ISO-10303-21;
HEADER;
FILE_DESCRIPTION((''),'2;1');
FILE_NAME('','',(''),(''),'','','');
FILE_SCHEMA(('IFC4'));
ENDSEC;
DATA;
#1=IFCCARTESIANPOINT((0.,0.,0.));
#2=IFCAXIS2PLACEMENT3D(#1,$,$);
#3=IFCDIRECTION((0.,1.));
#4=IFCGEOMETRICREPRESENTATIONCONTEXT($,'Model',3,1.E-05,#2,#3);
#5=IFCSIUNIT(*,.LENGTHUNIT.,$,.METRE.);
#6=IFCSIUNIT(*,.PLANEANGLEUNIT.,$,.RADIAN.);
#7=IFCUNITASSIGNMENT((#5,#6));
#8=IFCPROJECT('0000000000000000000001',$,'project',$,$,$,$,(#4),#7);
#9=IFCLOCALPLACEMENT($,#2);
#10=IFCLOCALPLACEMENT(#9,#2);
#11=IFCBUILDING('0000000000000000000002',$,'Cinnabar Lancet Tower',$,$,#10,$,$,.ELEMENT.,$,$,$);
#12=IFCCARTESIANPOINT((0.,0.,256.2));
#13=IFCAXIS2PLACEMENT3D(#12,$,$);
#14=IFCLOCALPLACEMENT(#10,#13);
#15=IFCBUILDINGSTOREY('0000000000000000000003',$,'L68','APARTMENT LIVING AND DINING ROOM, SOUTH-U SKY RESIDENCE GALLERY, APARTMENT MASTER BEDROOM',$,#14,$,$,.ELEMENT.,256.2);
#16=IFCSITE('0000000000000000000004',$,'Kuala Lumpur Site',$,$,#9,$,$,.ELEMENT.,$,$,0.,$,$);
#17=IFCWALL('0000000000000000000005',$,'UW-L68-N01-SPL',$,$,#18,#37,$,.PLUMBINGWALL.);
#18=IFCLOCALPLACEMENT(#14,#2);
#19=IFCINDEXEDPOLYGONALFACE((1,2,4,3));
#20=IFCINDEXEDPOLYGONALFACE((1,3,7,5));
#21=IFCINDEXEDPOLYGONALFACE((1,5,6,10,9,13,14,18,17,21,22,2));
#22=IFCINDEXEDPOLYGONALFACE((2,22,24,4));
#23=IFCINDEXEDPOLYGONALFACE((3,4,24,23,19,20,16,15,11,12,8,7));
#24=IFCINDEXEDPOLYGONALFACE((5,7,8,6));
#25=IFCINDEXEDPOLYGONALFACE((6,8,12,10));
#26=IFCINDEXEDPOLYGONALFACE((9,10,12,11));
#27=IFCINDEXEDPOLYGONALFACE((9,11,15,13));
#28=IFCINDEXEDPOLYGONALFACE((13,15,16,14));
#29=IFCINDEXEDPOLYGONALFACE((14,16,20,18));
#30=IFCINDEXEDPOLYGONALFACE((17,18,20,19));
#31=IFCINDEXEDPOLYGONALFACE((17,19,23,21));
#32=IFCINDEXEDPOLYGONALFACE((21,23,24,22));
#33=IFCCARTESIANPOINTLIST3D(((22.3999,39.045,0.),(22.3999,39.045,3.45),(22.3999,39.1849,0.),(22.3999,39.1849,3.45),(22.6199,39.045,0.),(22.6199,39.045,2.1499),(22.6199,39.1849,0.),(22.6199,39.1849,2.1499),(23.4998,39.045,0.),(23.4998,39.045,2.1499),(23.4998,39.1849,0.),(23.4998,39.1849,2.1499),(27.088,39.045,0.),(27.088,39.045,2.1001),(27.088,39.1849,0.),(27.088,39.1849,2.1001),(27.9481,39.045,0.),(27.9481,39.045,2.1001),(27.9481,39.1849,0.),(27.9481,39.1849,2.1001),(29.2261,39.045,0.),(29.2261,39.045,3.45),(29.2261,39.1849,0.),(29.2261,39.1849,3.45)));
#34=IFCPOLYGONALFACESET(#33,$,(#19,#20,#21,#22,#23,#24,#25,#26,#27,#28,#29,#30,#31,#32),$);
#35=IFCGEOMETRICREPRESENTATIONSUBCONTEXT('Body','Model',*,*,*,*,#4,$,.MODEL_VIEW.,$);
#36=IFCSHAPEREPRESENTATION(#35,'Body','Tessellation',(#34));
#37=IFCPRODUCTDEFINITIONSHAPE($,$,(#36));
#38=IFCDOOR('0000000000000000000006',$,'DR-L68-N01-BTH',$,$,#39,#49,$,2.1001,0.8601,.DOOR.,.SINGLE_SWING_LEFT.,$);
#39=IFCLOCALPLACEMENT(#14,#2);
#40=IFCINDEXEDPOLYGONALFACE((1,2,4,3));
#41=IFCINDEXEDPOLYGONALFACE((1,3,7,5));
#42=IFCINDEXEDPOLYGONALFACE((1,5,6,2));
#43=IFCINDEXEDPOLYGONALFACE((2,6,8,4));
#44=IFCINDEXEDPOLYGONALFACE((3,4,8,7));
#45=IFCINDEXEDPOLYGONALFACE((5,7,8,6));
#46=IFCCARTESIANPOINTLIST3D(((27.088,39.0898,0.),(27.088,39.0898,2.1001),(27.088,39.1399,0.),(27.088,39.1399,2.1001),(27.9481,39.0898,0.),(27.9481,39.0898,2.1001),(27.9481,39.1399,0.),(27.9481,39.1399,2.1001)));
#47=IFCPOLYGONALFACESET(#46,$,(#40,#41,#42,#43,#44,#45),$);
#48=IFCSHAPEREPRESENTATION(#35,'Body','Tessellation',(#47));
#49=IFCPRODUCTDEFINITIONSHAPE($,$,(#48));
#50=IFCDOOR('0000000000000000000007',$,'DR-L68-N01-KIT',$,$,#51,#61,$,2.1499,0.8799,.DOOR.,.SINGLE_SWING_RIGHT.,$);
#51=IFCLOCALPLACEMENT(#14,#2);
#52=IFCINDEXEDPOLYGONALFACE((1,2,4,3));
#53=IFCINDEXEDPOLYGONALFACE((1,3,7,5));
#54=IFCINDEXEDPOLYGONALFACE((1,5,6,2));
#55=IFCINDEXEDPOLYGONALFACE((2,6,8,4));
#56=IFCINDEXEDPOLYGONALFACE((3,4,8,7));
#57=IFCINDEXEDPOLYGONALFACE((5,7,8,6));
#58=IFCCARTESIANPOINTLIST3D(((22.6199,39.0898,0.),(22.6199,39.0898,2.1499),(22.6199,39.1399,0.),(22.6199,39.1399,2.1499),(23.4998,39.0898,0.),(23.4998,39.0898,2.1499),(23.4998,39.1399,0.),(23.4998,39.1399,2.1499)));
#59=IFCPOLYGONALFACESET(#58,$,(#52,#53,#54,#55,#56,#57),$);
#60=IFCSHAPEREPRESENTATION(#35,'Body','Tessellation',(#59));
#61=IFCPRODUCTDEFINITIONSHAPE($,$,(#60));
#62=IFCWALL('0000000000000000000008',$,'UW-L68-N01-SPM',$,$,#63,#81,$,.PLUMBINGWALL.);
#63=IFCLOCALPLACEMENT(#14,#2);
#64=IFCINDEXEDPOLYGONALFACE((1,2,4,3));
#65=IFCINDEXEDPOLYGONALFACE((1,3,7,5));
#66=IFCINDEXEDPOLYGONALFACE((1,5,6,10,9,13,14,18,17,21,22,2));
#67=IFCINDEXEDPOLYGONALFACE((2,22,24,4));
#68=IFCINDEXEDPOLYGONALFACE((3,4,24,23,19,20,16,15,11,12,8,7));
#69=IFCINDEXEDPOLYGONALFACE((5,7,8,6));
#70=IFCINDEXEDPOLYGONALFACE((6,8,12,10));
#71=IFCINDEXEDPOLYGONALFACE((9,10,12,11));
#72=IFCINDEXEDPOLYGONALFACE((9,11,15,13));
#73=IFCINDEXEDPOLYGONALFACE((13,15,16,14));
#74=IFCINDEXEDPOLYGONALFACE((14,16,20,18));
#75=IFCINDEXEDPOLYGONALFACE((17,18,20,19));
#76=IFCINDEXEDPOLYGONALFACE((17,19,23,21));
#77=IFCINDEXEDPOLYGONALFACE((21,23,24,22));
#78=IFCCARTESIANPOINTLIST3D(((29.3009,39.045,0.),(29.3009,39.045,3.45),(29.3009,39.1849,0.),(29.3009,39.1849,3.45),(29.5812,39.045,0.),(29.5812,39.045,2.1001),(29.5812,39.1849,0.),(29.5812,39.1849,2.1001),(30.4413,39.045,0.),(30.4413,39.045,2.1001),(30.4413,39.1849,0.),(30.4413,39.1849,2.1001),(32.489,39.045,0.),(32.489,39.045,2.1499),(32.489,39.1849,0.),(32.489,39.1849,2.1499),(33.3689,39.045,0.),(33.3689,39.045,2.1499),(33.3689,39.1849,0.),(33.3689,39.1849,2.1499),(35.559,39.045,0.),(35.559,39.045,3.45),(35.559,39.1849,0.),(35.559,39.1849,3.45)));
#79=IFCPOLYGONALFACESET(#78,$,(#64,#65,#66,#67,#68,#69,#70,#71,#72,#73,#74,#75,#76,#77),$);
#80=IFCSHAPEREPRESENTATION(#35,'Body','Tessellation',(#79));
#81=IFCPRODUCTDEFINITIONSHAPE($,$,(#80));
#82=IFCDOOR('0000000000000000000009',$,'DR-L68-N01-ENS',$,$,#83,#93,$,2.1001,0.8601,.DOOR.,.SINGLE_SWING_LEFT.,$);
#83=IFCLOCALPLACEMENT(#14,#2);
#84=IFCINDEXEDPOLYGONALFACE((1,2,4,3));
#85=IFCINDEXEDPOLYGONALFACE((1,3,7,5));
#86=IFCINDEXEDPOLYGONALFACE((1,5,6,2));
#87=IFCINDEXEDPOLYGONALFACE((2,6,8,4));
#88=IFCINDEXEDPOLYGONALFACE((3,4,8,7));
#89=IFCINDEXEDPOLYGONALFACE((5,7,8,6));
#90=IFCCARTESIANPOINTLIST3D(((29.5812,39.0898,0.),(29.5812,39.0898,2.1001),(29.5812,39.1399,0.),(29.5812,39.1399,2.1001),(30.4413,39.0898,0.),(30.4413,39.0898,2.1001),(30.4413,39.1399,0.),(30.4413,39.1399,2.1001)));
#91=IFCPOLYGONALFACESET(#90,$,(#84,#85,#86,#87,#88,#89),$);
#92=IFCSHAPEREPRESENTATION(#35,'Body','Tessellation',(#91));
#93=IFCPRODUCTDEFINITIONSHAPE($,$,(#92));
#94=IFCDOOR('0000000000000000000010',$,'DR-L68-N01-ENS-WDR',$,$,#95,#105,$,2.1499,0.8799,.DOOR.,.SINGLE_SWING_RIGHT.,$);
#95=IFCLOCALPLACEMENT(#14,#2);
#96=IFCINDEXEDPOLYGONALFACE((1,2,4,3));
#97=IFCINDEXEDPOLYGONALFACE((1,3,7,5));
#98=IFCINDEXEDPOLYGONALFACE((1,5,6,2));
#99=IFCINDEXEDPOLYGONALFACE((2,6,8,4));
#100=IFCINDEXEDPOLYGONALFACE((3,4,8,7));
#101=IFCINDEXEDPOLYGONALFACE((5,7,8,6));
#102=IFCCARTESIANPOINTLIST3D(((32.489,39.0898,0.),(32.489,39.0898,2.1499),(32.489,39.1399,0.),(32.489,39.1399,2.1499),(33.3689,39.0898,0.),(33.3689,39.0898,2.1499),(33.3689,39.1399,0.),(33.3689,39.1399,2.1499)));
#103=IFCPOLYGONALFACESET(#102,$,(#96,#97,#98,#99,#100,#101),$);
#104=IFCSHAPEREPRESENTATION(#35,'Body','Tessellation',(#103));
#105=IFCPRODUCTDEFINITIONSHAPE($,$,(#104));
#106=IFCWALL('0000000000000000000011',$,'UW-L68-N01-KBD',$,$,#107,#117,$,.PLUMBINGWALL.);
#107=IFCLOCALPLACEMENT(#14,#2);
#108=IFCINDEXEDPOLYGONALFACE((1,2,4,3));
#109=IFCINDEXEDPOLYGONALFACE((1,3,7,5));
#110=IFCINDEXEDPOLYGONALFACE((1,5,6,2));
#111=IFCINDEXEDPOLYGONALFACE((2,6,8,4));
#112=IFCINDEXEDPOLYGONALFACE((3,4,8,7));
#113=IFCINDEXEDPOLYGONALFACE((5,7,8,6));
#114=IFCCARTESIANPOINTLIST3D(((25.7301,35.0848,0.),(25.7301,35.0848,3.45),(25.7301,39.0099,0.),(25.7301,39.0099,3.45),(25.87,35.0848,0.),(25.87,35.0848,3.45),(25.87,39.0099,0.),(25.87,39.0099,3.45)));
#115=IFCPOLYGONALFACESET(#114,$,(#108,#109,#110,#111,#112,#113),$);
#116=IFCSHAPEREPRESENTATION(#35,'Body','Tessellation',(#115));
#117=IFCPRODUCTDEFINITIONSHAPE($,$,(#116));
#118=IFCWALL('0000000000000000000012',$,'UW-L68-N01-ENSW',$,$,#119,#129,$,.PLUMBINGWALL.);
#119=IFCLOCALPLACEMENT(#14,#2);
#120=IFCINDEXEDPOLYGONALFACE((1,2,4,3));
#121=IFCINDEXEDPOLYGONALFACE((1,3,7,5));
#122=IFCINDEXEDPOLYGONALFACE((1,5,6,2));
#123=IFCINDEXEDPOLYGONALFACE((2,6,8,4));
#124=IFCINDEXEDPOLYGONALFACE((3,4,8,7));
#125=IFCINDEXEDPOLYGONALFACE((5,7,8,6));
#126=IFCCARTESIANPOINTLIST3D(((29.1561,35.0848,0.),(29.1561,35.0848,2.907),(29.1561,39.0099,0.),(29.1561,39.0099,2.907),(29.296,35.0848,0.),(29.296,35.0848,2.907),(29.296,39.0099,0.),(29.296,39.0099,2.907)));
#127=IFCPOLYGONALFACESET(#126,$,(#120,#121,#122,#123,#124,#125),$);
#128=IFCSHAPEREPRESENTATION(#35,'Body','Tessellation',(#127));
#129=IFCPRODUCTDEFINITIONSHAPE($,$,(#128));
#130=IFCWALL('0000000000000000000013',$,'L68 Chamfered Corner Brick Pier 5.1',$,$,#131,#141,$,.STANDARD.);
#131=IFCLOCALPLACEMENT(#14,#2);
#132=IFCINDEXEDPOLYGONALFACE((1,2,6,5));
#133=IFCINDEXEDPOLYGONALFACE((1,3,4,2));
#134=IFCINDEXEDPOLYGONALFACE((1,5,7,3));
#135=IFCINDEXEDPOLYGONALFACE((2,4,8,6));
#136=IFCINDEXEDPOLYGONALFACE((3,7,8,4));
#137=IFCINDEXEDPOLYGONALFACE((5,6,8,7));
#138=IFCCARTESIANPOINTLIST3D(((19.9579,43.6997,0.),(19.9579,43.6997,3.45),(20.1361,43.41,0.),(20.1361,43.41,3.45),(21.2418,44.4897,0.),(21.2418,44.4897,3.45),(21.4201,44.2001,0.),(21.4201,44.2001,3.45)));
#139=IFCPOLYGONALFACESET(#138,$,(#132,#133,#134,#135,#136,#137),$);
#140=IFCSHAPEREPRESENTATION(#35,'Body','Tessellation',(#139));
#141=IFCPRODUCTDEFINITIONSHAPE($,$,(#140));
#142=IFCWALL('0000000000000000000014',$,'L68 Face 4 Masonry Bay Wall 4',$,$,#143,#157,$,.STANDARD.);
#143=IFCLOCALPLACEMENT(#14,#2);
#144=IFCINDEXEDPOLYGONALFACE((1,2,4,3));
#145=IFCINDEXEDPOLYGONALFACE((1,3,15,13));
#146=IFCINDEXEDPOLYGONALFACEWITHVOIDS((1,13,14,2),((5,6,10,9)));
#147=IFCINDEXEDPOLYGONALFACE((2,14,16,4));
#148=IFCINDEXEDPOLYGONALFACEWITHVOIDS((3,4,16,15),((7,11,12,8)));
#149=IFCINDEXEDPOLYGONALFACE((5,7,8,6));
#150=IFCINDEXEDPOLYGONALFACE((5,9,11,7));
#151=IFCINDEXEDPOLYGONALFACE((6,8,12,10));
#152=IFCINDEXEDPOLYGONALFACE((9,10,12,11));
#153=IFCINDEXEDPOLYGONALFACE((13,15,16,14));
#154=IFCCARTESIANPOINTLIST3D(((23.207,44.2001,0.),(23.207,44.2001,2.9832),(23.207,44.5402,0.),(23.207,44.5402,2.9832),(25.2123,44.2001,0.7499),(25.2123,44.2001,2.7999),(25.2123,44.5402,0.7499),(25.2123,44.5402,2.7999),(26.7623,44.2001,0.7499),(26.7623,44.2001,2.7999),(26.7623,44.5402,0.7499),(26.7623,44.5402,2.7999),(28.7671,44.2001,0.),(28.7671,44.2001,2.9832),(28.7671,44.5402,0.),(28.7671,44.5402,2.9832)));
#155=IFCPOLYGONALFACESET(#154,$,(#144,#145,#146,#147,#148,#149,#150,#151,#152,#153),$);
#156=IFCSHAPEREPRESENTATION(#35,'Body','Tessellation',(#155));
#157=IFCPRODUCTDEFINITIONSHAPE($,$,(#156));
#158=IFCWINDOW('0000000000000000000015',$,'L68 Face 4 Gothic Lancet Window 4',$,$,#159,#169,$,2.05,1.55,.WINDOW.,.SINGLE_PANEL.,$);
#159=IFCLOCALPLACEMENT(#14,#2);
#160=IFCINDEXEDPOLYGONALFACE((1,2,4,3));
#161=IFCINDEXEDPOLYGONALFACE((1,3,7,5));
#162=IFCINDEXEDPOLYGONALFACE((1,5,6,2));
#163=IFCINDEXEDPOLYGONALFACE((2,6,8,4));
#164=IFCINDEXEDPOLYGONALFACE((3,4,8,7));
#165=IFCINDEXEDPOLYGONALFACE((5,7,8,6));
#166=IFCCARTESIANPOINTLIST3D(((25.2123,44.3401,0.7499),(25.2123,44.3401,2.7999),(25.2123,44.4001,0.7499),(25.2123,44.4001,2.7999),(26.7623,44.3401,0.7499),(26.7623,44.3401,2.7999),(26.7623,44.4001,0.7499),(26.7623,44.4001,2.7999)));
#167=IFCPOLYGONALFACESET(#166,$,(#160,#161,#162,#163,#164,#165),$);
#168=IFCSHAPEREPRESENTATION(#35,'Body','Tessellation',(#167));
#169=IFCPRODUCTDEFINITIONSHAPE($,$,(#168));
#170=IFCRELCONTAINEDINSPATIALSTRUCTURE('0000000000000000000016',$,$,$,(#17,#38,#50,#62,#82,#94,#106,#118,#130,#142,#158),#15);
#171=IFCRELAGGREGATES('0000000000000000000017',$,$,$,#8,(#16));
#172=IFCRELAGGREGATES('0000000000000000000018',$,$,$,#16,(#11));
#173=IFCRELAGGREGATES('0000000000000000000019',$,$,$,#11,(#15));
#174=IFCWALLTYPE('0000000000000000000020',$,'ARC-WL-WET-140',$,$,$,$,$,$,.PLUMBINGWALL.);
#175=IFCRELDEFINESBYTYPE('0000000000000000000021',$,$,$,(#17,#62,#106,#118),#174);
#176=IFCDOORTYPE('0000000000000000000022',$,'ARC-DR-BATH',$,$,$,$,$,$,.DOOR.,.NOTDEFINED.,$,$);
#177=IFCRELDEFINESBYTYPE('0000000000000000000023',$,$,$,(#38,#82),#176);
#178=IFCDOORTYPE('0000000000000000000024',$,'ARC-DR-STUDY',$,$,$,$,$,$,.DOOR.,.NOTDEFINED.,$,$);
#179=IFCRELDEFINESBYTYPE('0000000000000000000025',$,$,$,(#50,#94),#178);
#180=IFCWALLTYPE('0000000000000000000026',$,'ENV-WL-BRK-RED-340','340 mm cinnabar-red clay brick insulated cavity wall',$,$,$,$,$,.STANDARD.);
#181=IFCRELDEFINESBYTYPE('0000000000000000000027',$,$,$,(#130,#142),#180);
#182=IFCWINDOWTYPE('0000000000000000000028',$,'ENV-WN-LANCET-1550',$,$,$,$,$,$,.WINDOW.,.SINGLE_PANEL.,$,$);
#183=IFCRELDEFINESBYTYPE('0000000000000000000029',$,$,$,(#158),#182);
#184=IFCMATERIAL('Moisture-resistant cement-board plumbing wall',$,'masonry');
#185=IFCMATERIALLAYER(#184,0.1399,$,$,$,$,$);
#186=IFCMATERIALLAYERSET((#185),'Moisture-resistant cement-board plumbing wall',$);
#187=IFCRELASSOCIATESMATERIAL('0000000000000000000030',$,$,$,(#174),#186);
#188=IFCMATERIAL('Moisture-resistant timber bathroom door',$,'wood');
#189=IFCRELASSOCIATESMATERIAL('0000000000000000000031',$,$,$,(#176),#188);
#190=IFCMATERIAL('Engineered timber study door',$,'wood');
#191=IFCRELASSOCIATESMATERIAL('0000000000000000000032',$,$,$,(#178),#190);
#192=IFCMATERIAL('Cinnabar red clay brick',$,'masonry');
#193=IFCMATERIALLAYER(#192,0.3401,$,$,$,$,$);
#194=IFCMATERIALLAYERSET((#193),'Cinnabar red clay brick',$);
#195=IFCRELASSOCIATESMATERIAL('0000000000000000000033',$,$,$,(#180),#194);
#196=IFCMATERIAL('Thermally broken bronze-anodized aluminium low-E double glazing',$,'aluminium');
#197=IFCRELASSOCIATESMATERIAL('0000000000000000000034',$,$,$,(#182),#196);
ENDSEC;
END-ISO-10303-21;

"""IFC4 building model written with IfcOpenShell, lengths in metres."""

from ifc_helpers import new_model, si_unit, direction, frame, frame_2d, origin, place, context, subcontext, project, spatial, rectangle, extrude, material, layer, layer_set, type_object, element, fill, save


model = new_model("IFC4")

# Units and contexts
model_context = context("Model", 3, precision=1e-05, world=origin(), true_north=direction((0.0, 1.0)))
body_context = subcontext(model_context, "Body", "Model", "MODEL_VIEW")
ifc_project = project(units=[si_unit("LENGTHUNIT", "METRE"), si_unit("PLANEANGLEUNIT", "RADIAN")], contexts=[model_context])

# Site, building, storey
site_placement = place(None, origin())
site = spatial("IfcSite", under=ifc_project, at=site_placement, Name="Kuala Lumpur Site", CompositionType="ELEMENT", RefElevation=0.0)
building_placement = place(site_placement, origin())
building = spatial("IfcBuilding", under=site, at=building_placement, Name="Cinnabar Lancet Tower", CompositionType="ELEMENT")
storey_placement = place(building_placement, frame((0.0, 0.0, 256.2)))
storey = spatial("IfcBuildingStorey", under=building, at=storey_placement, Name="L68", Description="APARTMENT LIVING AND DINING ROOM, SOUTH-U SKY RESIDENCE GALLERY, APARTMENT MASTER BEDROOM", CompositionType="ELEMENT", Elevation=256.2)

# Walls, openings, doors
ifc_material_1 = material(Name="Moisture-resistant cement-board plumbing wall", Category="masonry")
ifc_layer_1 = layer(ifc_material_1, 0.1399)
ifc_layer_set_1 = layer_set([ifc_layer_1], Name="Moisture-resistant cement-board plumbing wall")
wall_type_1 = type_object("IfcWallType", Name="ARC-WL-WET-140", PredefinedType="PLUMBINGWALL", material=ifc_layer_set_1)
wall_1_placement = place(storey_placement, frame((22.3999, 39.115, 0.0), z_axis=(0.0, 0.0, 1.0), x_axis=(1.0, 0.0, 0.0)))
wall_1 = element("IfcWall", 1, at=wall_1_placement, inside=storey, type_object=wall_type_1, Name="UW-L68-N01-SPL", PredefinedType="PLUMBINGWALL", context=body_context, shape_type="SweptSolid", body=[
    extrude(rectangle(XDim=6.8262, YDim=0.1399, at=frame_2d((3.4131, 0.0))), origin(), (0.0, 0.0, 1.0), 3.45),
])
opening_1_placement = place(wall_1_placement, frame((4.688, 0.0, 0.0)))
opening_1 = element("IfcOpeningElement", 2, at=opening_1_placement, cuts=wall_1, PredefinedType="OPENING", context=body_context, shape_type="SweptSolid", body=[
    extrude(rectangle(XDim=0.8601, YDim=2.1001, at=frame_2d((0.4302, 1.05))), frame((0.0, 0.0798, 0.0), z_axis=(0.0, -1.0, 0.0), x_axis=(1.0, 0.0, 0.0)), (0.0, 0.0, 1.0), 0.1599),
])
opening_2_placement = place(wall_1_placement, frame((0.22, 0.0, 0.0)))
opening_2 = element("IfcOpeningElement", 3, at=opening_2_placement, cuts=wall_1, PredefinedType="OPENING", context=body_context, shape_type="SweptSolid", body=[
    extrude(rectangle(XDim=0.8799, YDim=2.1499, at=frame_2d((0.4399, 1.075))), frame((0.0, 0.0798, 0.0), z_axis=(0.0, -1.0, 0.0), x_axis=(1.0, 0.0, 0.0)), (0.0, 0.0, 1.0), 0.1599),
])
ifc_material_2 = material(Name="Moisture-resistant timber bathroom door", Category="wood")
door_type_1 = type_object("IfcDoorType", Name="ARC-DR-BATH", OperationType="NOTDEFINED", PredefinedType="DOOR", material=ifc_material_2)
door_1_placement = place(opening_1_placement, origin())
door_1 = element("IfcDoor", 4, at=door_1_placement, inside=storey, type_object=door_type_1, Name="DR-L68-N01-BTH", OperationType="SINGLE_SWING_LEFT", OverallHeight=2.1001, OverallWidth=0.8601, PredefinedType="DOOR", context=body_context, shape_type="SweptSolid", body=[
    extrude(rectangle(XDim=0.8601, YDim=2.1001, at=frame_2d((0.4302, 1.05))), frame((0.0, 0.0249, 0.0), z_axis=(0.0, -1.0, 0.0), x_axis=(1.0, 0.0, 0.0)), (0.0, 0.0, 1.0), 0.05),
])
fill(opening_1, door_1)
ifc_material_3 = material(Name="Engineered timber study door", Category="wood")
door_type_2 = type_object("IfcDoorType", Name="ARC-DR-STUDY", OperationType="NOTDEFINED", PredefinedType="DOOR", material=ifc_material_3)
door_2_placement = place(opening_2_placement, origin())
door_2 = element("IfcDoor", 5, at=door_2_placement, inside=storey, type_object=door_type_2, Name="DR-L68-N01-KIT", OperationType="SINGLE_SWING_RIGHT", OverallHeight=2.1499, OverallWidth=0.8799, PredefinedType="DOOR", context=body_context, shape_type="SweptSolid", body=[
    extrude(rectangle(XDim=0.8799, YDim=2.1499, at=frame_2d((0.4399, 1.075))), frame((0.0, 0.0249, 0.0), z_axis=(0.0, -1.0, 0.0), x_axis=(1.0, 0.0, 0.0)), (0.0, 0.0, 1.0), 0.05),
])
fill(opening_2, door_2)
wall_2_placement = place(storey_placement, frame((29.301, 39.115, 0.0), z_axis=(0.0, 0.0, 1.0), x_axis=(1.0, 0.0, 0.0)))
wall_2 = element("IfcWall", 6, at=wall_2_placement, inside=storey, type_object=wall_type_1, Name="UW-L68-N01-SPM", PredefinedType="PLUMBINGWALL", context=body_context, shape_type="SweptSolid", body=[
    extrude(rectangle(XDim=6.2581, YDim=0.1399, at=frame_2d((3.1289, 0.0))), origin(), (0.0, 0.0, 1.0), 3.45),
])
opening_3_placement = place(wall_2_placement, frame((0.28, 0.0, 0.0)))
opening_3 = element("IfcOpeningElement", 7, at=opening_3_placement, cuts=wall_2, PredefinedType="OPENING", context=body_context, shape_type="SweptSolid", body=[
    extrude(rectangle(XDim=0.8601, YDim=2.1001, at=frame_2d((0.4302, 1.05))), frame((0.0, 0.0798, 0.0), z_axis=(0.0, -1.0, 0.0), x_axis=(1.0, 0.0, 0.0)), (0.0, 0.0, 1.0), 0.1599),
])
opening_4_placement = place(wall_2_placement, frame((3.188, 0.0, 0.0)))
opening_4 = element("IfcOpeningElement", 8, at=opening_4_placement, cuts=wall_2, PredefinedType="OPENING", context=body_context, shape_type="SweptSolid", body=[
    extrude(rectangle(XDim=0.8799, YDim=2.1499, at=frame_2d((0.4399, 1.075))), frame((0.0, 0.0798, 0.0), z_axis=(0.0, -1.0, 0.0), x_axis=(1.0, 0.0, 0.0)), (0.0, 0.0, 1.0), 0.1599),
])
door_3_placement = place(opening_3_placement, origin())
door_3 = element("IfcDoor", 9, at=door_3_placement, inside=storey, type_object=door_type_1, Name="DR-L68-N01-ENS", OperationType="SINGLE_SWING_LEFT", OverallHeight=2.1001, OverallWidth=0.8601, PredefinedType="DOOR", context=body_context, shape_type="SweptSolid", body=[
    extrude(rectangle(XDim=0.8601, YDim=2.1001, at=frame_2d((0.4302, 1.05))), frame((0.0, 0.0249, 0.0), z_axis=(0.0, -1.0, 0.0), x_axis=(1.0, 0.0, 0.0)), (0.0, 0.0, 1.0), 0.05),
])
fill(opening_3, door_3)
door_4_placement = place(opening_4_placement, origin())
door_4 = element("IfcDoor", 10, at=door_4_placement, inside=storey, type_object=door_type_2, Name="DR-L68-N01-ENS-WDR", OperationType="SINGLE_SWING_RIGHT", OverallHeight=2.1499, OverallWidth=0.8799, PredefinedType="DOOR", context=body_context, shape_type="SweptSolid", body=[
    extrude(rectangle(XDim=0.8799, YDim=2.1499, at=frame_2d((0.4399, 1.075))), frame((0.0, 0.0249, 0.0), z_axis=(0.0, -1.0, 0.0), x_axis=(1.0, 0.0, 0.0)), (0.0, 0.0, 1.0), 0.05),
])
fill(opening_4, door_4)

# Walls
wall_3_placement = place(storey_placement, frame((25.8, 35.085, 0.0), z_axis=(0.0, 0.0, 1.0), x_axis=(0.0, 1.0, 0.0)))
element("IfcWall", 11, at=wall_3_placement, inside=storey, type_object=wall_type_1, Name="UW-L68-N01-KBD", PredefinedType="PLUMBINGWALL", context=body_context, shape_type="SweptSolid", body=[
    extrude(rectangle(XDim=3.925, YDim=0.1399, at=frame_2d((1.9624, 0.0))), origin(), (0.0, 0.0, 1.0), 3.45),
])
wall_4_placement = place(storey_placement, frame((29.2261, 35.085, 0.0), z_axis=(0.0, 0.0, 1.0), x_axis=(0.0, 1.0, 0.0)))
element("IfcWall", 12, at=wall_4_placement, inside=storey, type_object=wall_type_1, Name="UW-L68-N01-ENSW", PredefinedType="PLUMBINGWALL", context=body_context, shape_type="SweptSolid", body=[
    extrude(rectangle(XDim=3.925, YDim=0.1399, at=frame_2d((1.9624, 0.0))), origin(), (0.0, 0.0, 1.0), 2.907),
])
ifc_material_4 = material(Name="Cinnabar red clay brick", Category="masonry")
ifc_layer_2 = layer(ifc_material_4, 0.3401)
ifc_layer_set_2 = layer_set([ifc_layer_2], Name="Cinnabar red clay brick")
wall_type_2 = type_object("IfcWallType", Name="ENV-WL-BRK-RED-340", Description="340 mm cinnabar-red clay brick insulated cavity wall", PredefinedType="STANDARD", material=ifc_layer_set_2)
wall_5_placement = place(storey_placement, frame((21.3311, 44.345, 0.0), z_axis=(0.0, 0.0, 1.0), x_axis=(-0.851681, -0.524061, 0.0)))
element("IfcWall", 13, at=wall_5_placement, inside=storey, type_object=wall_type_2, Name="L68 Chamfered Corner Brick Pier 5.1", PredefinedType="STANDARD", context=body_context, shape_type="SweptSolid", body=[
    extrude(rectangle(XDim=1.5076, YDim=0.3401, at=frame_2d((0.7539, 0.0))), origin(), (0.0, 0.0, 1.0), 3.45),
])

# Wall, opening, window
wall_6_placement = place(storey_placement, frame((28.7671, 44.3701, 0.0), z_axis=(0.0, 0.0, 1.0), x_axis=(-1.0, 0.0, 0.0)))
wall_6 = element("IfcWall", 14, at=wall_6_placement, inside=storey, type_object=wall_type_2, Name="L68 Face 4 Masonry Bay Wall 4", PredefinedType="STANDARD", context=body_context, shape_type="SweptSolid", body=[
    extrude(rectangle(XDim=5.5601, YDim=0.3401, at=frame_2d((2.78, 0.0))), origin(), (0.0, 0.0, 1.0), 2.9832),
])
opening_5_placement = place(wall_6_placement, frame((2.0049, 0.0, 0.75)))
opening_5 = element("IfcOpeningElement", 15, at=opening_5_placement, cuts=wall_6, PredefinedType="OPENING", context=body_context, shape_type="SweptSolid", body=[
    extrude(rectangle(XDim=1.55, YDim=2.05, at=frame_2d((0.7749, 1.0249))), frame((0.0, 0.1799, 0.0), z_axis=(0.0, -1.0, 0.0), x_axis=(1.0, 0.0, 0.0)), (0.0, 0.0, 1.0), 0.3601),
])
ifc_material_5 = material(Name="Thermally broken bronze-anodized aluminium low-E double glazing", Category="aluminium")
window_type = type_object("IfcWindowType", Name="ENV-WN-LANCET-1550", PartitioningType="SINGLE_PANEL", PredefinedType="WINDOW", material=ifc_material_5)
window_placement = place(opening_5_placement, origin())
window = element("IfcWindow", 16, at=window_placement, inside=storey, type_object=window_type, Name="L68 Face 4 Gothic Lancet Window 4", OverallHeight=2.05, OverallWidth=1.55, PartitioningType="SINGLE_PANEL", PredefinedType="WINDOW", context=body_context, shape_type="SweptSolid", body=[
    extrude(rectangle(XDim=1.55, YDim=2.05, at=frame_2d((0.7749, 1.0249))), frame((0.0, 0.03, 0.0), z_axis=(0.0, -1.0, 0.0), x_axis=(1.0, 0.0, 0.0)), (0.0, 0.0, 1.0), 0.0601),
])
fill(opening_5, window)

save(model, "model.ifc")
